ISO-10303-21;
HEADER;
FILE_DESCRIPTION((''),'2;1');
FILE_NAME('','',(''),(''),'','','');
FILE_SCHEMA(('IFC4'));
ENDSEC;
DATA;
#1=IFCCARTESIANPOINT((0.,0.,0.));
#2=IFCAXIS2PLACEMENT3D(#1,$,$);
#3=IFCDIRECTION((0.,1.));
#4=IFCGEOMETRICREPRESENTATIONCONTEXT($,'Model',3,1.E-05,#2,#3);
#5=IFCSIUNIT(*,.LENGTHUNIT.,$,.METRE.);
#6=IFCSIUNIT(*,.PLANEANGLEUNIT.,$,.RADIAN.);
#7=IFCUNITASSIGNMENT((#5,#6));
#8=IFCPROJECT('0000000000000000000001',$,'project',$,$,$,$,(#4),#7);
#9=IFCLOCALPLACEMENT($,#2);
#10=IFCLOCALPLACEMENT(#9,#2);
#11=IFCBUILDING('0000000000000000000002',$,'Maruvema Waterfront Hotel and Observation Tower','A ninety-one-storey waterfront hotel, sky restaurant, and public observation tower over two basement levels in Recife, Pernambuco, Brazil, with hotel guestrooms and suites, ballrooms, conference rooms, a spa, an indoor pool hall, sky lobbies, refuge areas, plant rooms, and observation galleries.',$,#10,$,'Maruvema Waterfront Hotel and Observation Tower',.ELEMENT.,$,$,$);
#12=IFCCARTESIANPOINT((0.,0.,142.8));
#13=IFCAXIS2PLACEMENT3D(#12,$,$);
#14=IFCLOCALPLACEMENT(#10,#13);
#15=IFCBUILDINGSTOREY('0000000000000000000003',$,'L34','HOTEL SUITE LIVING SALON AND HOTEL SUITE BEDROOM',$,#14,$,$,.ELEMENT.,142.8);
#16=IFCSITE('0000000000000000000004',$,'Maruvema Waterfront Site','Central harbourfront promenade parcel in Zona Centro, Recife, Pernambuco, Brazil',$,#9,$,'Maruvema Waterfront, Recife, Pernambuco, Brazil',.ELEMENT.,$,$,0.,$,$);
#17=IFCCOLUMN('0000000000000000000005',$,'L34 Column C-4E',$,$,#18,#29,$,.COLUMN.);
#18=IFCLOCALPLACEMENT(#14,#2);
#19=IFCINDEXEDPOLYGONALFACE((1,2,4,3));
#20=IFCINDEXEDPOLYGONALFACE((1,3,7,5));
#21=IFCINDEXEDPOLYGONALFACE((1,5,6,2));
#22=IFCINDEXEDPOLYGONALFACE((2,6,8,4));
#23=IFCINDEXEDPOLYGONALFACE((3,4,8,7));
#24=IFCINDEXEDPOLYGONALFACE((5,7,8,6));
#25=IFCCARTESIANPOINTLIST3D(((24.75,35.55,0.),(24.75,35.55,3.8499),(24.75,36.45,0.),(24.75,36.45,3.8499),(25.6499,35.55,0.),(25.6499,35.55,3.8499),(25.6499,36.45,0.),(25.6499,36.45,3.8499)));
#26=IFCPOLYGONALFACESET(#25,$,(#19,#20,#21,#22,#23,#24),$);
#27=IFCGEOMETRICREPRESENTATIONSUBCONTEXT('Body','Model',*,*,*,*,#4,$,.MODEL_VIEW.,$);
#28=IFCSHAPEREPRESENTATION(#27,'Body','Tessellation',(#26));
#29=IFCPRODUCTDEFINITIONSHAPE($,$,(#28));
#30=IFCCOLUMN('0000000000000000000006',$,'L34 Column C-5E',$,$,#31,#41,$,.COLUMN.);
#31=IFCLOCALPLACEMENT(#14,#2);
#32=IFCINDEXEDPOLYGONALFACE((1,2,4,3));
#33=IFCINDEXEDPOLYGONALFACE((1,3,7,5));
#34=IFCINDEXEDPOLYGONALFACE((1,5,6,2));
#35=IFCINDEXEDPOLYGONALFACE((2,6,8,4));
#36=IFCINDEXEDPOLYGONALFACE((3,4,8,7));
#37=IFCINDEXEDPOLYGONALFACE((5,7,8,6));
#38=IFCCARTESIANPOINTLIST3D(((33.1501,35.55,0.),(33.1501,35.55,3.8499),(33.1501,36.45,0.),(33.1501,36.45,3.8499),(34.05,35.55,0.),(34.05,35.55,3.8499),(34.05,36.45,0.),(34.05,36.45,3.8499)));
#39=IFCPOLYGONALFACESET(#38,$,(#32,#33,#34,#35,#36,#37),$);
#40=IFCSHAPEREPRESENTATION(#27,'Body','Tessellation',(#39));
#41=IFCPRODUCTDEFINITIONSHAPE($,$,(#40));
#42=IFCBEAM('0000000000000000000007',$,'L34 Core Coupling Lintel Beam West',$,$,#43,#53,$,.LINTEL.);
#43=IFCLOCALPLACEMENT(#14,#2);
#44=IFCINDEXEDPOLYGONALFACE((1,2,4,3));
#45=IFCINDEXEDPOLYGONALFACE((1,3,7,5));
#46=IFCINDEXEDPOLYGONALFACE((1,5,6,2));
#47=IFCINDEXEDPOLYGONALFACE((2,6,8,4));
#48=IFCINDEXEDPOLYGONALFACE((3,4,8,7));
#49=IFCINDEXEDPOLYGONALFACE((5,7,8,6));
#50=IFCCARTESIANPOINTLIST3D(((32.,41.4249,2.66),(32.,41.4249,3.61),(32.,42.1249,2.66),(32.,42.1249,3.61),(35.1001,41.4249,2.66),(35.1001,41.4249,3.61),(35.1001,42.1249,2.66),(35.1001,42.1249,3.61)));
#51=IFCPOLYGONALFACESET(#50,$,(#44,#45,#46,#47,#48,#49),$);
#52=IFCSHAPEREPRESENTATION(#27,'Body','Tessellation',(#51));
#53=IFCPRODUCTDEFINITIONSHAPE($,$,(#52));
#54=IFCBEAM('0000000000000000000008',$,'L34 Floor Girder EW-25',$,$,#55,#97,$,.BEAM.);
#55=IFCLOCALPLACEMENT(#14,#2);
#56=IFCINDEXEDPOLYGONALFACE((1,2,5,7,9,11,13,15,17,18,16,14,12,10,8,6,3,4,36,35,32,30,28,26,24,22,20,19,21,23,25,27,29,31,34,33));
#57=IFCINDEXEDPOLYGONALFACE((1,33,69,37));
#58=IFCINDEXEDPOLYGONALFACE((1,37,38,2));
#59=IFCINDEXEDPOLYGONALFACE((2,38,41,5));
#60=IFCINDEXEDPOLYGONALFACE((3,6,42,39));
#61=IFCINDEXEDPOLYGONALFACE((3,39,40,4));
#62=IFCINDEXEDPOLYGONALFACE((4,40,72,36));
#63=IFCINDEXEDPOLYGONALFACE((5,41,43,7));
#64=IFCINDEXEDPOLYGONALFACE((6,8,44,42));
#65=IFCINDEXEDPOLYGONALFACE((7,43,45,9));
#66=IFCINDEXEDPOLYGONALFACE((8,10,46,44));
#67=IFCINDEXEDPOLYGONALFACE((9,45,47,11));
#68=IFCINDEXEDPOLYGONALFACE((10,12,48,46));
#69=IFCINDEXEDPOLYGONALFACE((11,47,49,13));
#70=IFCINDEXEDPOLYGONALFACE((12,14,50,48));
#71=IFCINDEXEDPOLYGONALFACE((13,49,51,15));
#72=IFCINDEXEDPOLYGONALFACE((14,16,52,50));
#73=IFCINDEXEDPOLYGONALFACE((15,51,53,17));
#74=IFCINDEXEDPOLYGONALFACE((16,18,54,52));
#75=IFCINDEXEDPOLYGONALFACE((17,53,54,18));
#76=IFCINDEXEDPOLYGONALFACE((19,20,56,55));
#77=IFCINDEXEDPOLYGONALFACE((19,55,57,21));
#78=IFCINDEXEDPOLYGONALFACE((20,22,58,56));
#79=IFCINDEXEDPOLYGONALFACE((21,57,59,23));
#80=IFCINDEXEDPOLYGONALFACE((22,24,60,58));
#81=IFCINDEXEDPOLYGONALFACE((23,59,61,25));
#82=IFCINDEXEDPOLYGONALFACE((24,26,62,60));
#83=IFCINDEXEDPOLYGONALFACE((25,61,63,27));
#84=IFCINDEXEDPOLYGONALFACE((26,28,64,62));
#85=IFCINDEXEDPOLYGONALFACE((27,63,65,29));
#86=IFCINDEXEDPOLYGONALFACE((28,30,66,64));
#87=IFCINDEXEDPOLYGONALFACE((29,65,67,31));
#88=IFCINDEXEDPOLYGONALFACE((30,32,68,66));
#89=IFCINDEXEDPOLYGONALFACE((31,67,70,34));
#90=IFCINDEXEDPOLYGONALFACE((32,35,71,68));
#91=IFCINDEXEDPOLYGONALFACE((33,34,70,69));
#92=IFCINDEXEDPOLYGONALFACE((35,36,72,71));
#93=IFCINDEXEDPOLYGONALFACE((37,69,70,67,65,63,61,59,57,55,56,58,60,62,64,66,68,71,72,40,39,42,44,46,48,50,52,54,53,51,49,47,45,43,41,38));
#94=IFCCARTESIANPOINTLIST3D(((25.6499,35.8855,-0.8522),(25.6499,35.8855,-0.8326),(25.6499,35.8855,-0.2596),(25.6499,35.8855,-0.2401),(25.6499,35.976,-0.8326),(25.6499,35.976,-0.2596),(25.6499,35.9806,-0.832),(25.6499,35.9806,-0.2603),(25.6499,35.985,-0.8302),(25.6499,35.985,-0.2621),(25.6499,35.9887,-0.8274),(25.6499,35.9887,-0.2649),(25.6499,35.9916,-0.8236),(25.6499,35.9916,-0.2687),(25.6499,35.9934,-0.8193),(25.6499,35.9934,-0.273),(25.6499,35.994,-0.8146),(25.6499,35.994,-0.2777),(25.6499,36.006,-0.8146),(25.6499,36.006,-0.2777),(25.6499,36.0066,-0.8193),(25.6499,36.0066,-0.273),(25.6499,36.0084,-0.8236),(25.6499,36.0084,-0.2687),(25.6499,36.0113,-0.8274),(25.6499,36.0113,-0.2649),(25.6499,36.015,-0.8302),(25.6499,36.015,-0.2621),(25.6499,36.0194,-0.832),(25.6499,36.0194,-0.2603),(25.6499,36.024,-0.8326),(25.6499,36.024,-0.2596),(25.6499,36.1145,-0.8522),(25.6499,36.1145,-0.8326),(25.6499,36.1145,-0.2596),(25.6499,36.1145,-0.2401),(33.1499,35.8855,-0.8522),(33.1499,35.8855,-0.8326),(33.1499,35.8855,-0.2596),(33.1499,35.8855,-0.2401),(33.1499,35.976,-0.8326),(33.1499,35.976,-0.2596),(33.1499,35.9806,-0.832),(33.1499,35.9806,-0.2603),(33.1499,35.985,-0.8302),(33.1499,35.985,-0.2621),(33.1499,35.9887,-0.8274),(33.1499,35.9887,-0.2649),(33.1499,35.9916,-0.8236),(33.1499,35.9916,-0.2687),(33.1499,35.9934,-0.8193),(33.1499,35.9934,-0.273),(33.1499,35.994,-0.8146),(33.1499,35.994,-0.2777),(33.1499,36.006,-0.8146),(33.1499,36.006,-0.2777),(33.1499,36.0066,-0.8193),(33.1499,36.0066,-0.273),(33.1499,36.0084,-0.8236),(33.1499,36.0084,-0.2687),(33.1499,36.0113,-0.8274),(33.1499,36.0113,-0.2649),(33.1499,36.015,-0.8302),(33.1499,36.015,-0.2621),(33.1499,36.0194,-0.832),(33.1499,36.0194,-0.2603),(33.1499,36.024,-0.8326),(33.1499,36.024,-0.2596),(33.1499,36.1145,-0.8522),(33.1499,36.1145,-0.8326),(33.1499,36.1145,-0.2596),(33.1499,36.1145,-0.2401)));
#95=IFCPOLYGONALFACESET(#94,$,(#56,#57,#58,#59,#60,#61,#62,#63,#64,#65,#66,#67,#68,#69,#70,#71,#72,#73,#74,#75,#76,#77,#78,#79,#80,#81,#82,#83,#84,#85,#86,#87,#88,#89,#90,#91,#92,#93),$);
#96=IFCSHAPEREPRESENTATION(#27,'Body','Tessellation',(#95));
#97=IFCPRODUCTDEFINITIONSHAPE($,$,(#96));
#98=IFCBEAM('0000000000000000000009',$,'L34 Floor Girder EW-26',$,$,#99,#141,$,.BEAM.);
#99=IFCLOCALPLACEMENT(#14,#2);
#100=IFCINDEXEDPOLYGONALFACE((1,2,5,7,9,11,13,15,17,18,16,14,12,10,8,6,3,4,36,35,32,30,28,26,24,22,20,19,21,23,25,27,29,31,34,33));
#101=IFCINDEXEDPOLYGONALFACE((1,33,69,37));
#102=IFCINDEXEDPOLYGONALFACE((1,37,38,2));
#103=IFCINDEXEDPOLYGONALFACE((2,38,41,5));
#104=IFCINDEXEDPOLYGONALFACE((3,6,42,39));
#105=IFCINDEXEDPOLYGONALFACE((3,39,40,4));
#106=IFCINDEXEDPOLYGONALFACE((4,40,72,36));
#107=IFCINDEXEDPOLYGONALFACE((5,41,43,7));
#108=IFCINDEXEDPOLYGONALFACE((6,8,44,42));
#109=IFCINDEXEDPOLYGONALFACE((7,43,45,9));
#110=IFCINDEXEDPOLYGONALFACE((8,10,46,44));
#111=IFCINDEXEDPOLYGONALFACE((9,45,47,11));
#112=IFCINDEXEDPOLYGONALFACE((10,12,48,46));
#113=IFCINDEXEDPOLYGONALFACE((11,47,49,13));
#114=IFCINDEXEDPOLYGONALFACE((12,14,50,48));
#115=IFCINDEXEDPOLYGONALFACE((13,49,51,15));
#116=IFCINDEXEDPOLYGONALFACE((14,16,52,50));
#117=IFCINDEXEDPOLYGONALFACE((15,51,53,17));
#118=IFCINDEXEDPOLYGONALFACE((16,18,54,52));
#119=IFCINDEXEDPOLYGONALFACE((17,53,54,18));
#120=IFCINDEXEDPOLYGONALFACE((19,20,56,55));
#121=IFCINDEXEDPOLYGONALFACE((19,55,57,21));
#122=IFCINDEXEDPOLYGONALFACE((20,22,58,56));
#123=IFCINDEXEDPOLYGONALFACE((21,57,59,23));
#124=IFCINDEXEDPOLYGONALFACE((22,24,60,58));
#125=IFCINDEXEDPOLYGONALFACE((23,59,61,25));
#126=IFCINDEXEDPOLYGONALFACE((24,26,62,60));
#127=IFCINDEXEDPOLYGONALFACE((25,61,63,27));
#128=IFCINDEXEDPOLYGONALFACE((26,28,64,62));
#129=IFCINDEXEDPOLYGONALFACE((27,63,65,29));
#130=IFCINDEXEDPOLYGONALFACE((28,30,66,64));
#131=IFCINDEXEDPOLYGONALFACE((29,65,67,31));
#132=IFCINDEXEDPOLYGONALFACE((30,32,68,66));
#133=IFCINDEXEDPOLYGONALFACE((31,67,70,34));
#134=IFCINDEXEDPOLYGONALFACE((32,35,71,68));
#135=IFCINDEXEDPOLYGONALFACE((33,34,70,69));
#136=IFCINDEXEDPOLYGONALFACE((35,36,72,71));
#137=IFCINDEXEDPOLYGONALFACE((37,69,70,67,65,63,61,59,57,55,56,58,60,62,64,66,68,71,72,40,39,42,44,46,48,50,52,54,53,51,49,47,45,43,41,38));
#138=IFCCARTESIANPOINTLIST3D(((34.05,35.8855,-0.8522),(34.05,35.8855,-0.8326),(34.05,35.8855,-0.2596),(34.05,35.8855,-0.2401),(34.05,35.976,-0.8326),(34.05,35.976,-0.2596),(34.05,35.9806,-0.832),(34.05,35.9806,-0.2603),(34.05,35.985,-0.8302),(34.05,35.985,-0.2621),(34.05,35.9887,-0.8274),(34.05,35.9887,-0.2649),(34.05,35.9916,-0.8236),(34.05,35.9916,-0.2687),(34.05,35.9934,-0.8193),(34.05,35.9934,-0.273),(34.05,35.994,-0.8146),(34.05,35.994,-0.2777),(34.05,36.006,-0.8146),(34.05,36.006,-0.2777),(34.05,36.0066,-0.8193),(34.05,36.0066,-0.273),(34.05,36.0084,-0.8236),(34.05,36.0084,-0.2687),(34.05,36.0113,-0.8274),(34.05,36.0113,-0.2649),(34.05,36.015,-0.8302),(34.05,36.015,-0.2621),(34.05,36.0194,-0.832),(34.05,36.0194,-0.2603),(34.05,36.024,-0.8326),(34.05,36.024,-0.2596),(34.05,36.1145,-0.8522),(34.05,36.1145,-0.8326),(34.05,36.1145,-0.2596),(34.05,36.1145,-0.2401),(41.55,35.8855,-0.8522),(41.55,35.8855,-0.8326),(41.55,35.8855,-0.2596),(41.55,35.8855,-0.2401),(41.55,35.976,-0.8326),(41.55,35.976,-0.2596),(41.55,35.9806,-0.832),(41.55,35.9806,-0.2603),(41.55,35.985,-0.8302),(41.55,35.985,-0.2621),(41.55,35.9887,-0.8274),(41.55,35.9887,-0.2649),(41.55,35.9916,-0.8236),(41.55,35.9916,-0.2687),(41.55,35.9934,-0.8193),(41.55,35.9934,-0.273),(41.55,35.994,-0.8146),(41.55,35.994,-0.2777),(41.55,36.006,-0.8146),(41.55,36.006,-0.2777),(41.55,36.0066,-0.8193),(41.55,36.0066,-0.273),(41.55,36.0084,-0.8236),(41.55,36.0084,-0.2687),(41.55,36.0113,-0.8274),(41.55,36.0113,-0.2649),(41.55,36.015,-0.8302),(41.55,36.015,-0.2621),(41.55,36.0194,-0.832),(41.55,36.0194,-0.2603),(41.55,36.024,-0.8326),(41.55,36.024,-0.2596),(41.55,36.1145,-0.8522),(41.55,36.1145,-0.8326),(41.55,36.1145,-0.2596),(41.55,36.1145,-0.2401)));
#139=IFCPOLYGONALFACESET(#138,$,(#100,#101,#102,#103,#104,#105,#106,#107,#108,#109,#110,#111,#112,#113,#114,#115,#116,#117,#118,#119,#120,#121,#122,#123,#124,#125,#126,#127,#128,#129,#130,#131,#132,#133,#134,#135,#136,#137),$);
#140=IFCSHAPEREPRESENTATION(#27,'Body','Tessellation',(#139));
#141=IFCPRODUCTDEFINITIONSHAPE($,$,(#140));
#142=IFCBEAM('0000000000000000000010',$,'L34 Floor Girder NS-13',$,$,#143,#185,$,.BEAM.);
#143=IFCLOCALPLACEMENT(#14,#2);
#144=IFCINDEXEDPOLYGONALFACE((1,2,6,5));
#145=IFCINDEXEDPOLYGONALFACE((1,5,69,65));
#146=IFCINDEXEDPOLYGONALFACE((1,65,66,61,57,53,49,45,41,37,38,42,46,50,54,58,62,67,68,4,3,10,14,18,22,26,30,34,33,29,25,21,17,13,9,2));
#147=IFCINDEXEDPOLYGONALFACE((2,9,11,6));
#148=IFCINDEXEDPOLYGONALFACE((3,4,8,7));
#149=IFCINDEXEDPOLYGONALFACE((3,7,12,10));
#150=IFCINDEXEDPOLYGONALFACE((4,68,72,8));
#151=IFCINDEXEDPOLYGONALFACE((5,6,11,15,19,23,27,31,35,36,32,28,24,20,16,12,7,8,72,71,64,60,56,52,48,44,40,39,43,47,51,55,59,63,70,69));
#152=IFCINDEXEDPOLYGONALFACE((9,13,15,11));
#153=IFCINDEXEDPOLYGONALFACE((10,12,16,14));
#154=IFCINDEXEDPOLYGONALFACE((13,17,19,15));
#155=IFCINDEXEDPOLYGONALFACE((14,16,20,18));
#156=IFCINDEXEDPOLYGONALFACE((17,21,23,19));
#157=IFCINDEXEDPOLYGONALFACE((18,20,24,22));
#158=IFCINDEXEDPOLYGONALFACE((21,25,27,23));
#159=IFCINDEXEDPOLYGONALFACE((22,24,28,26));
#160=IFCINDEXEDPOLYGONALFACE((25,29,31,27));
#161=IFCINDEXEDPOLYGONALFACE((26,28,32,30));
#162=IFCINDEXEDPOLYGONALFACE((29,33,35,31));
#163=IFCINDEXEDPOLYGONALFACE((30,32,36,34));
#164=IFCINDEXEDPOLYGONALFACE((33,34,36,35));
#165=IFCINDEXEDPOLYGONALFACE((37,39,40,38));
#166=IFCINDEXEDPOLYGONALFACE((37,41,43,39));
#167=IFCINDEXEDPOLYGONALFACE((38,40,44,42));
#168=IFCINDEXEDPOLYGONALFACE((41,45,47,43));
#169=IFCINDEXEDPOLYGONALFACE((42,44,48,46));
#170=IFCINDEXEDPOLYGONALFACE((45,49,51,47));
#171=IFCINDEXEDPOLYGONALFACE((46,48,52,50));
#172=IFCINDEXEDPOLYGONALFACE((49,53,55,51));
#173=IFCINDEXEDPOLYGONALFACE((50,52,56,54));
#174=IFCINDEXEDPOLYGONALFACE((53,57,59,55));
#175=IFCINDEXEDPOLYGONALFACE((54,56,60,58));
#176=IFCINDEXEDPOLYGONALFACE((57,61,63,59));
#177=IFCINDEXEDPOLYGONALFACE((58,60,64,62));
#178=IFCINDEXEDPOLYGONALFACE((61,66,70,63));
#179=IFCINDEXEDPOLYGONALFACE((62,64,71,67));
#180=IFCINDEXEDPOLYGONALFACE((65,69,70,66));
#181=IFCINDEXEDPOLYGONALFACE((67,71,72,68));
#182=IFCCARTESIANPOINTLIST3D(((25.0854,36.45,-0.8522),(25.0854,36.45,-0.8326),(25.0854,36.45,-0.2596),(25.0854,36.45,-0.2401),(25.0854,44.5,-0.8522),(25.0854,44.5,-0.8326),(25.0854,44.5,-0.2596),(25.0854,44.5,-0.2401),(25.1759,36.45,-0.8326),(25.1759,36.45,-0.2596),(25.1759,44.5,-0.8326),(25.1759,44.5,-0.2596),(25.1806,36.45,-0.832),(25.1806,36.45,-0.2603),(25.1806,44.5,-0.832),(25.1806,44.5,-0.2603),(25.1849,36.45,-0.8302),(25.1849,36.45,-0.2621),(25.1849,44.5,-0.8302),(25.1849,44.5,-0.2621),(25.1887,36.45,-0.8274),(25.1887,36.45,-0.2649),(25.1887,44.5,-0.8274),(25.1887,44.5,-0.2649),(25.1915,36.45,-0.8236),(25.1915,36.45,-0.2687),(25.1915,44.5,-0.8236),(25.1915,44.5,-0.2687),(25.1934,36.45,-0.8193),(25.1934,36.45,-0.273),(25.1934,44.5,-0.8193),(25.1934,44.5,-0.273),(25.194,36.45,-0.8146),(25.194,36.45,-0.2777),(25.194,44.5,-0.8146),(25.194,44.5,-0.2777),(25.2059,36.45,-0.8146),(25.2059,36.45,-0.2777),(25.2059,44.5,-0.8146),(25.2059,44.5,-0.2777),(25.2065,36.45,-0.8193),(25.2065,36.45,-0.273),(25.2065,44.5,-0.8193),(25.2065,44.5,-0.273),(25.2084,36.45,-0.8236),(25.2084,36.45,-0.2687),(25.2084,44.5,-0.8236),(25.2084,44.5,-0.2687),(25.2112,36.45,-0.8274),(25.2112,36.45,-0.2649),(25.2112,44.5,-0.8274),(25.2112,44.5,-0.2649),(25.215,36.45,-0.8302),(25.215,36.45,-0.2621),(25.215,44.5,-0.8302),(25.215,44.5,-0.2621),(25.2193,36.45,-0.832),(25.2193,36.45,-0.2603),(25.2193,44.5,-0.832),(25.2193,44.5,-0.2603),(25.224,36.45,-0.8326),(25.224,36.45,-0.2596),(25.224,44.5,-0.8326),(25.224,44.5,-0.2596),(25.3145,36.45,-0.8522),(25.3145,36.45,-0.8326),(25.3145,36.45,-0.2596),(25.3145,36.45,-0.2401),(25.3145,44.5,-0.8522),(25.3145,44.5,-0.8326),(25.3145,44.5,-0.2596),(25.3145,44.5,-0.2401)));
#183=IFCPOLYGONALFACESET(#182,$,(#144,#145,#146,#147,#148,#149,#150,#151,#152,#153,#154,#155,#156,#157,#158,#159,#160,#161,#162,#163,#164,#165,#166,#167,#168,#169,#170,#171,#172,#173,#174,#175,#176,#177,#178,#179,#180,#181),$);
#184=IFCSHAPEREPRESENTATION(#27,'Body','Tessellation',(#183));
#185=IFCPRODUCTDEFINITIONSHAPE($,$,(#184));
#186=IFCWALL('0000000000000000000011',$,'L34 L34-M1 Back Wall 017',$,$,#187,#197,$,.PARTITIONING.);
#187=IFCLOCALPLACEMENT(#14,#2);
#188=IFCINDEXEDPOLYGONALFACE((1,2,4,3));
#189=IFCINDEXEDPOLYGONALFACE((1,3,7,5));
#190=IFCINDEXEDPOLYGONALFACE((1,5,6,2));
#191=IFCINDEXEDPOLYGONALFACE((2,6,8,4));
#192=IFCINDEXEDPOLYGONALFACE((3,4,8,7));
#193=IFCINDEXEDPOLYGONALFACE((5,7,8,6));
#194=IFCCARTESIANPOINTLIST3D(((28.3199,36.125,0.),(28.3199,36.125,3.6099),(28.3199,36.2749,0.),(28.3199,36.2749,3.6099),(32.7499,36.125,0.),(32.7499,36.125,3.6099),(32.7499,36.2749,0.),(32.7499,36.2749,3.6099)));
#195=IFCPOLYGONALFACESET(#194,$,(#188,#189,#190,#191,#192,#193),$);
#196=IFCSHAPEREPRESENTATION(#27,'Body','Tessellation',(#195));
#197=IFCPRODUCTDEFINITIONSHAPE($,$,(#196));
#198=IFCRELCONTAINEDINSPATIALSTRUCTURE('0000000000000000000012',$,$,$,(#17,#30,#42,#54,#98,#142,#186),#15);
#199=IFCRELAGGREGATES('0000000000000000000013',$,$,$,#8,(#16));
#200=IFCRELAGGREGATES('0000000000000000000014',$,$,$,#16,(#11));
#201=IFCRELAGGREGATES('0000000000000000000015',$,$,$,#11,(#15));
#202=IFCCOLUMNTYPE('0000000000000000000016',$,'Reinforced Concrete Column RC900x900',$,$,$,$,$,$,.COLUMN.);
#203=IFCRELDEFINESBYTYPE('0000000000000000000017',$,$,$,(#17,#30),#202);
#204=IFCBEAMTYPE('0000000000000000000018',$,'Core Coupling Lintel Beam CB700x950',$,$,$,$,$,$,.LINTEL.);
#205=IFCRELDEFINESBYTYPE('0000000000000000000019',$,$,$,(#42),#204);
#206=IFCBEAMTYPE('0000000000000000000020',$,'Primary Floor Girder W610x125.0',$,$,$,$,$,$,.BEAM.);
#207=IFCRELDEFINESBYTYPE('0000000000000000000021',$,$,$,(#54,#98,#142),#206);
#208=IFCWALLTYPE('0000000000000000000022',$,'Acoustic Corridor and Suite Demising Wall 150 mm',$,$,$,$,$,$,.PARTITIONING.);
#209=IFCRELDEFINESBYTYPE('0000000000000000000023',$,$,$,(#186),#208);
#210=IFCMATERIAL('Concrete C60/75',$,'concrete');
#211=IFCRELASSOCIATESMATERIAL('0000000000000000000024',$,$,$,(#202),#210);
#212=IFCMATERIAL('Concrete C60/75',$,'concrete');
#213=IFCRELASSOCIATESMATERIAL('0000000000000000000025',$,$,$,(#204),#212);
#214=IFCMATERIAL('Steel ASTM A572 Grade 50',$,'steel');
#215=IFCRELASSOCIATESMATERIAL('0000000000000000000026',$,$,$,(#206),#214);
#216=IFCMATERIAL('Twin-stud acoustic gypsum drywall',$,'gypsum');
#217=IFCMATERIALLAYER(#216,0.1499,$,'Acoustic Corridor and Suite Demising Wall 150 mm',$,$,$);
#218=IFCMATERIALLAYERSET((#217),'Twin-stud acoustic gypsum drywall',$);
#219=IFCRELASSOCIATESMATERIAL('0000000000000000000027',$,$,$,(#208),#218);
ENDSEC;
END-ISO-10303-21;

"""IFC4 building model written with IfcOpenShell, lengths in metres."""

from ifc_helpers import new_model, si_unit, direction, frame, frame_2d, origin, origin_2d, place, context, subcontext, project, spatial, rectangle, i_section, extrude, material, layer, layer_set, material_profile, profile_set, type_object, element, save


model = new_model("IFC4")

# Units and contexts
model_context = context("Model", 3, precision=1e-05, world=origin(), true_north=direction((0.0, 1.0)))
body_context = subcontext(model_context, "Body", "Model", "MODEL_VIEW")
ifc_project = project(units=[si_unit("LENGTHUNIT", "METRE"), si_unit("PLANEANGLEUNIT", "RADIAN")], contexts=[model_context])

# Site, building, storey
site_placement = place(None, origin())
site = spatial("IfcSite", under=ifc_project, at=site_placement, Name="Maruvema Waterfront Site", Description="Central harbourfront promenade parcel in Zona Centro, Recife, Pernambuco, Brazil", LongName="Maruvema Waterfront, Recife, Pernambuco, Brazil", CompositionType="ELEMENT", RefElevation=0.0)
building_placement = place(site_placement, origin())
building = spatial("IfcBuilding", under=site, at=building_placement, Name="Maruvema Waterfront Hotel and Observation Tower", Description="A ninety-one-storey waterfront hotel, sky restaurant, and public observation tower over two basement levels in Recife, Pernambuco, Brazil, with hotel guestrooms and suites, ballrooms, conference rooms, a spa, an indoor pool hall, sky lobbies, refuge areas, plant rooms, and observation galleries.", LongName="Maruvema Waterfront Hotel and Observation Tower", CompositionType="ELEMENT")
storey_placement = place(building_placement, frame((0.0, 0.0, 142.8)))
storey = spatial("IfcBuildingStorey", under=building, at=storey_placement, Name="L34", Description="HOTEL SUITE LIVING SALON AND HOTEL SUITE BEDROOM", CompositionType="ELEMENT", Elevation=142.8)

# Columns
ifc_material_1 = material(Name="Concrete C60/75", Category="concrete")
ifc_material_profile_1 = material_profile(ifc_material_1, rectangle(XDim=0.8999, YDim=0.8999, at=origin_2d()), Name="RC900x900")
ifc_profile_set_1 = profile_set([ifc_material_profile_1], Name="Concrete C60/75")
column_type = type_object("IfcColumnType", Name="Reinforced Concrete Column RC900x900", PredefinedType="COLUMN", material=ifc_profile_set_1)
for number, where, z_axis, x_axis, name in (
    (1, (25.2, 36.0, 0.0), (0.0, 0.0, 1.0), (1.0, 0.0, 0.0), "L34 Column C-4E"),
    (2, (33.6001, 36.0, 0.0), (0.0, 0.0, 1.0), (1.0, 0.0, 0.0), "L34 Column C-5E"),
):
    element("IfcColumn", number, at=place(storey_placement, frame(where, z_axis=z_axis, x_axis=x_axis)), inside=storey, type_object=column_type, Name=name, PredefinedType="COLUMN", context=body_context, shape_type="SweptSolid", body=[
        extrude(rectangle(XDim=0.8999, YDim=0.8999, at=origin_2d()), origin(), (0.0, 0.0, 1.0), 3.8499),
    ])

# Beams
ifc_material_2 = material(Name="Concrete C60/75", Category="concrete")
ifc_material_profile_2 = material_profile(ifc_material_2, rectangle(XDim=0.7, YDim=0.95, at=origin_2d()), Name="CB700x950")
ifc_profile_set_2 = profile_set([ifc_material_profile_2], Name="Concrete C60/75")
beam_type_1 = type_object("IfcBeamType", Name="Core Coupling Lintel Beam CB700x950", PredefinedType="LINTEL", material=ifc_profile_set_2)
beam_1_placement = place(storey_placement, frame((32.0, 41.7749, 3.135), z_axis=(1.0, 0.0, 0.0), x_axis=(0.0, 1.0, 0.0)))
element("IfcBeam", 3, at=beam_1_placement, inside=storey, type_object=beam_type_1, Name="L34 Core Coupling Lintel Beam West", PredefinedType="LINTEL", context=body_context, shape_type="SweptSolid", body=[
    extrude(rectangle(XDim=0.7, YDim=0.95, at=origin_2d()), origin(), (0.0, 0.0, 1.0), 3.1001),
])
ifc_material_3 = material(Name="Steel ASTM A572 Grade 50", Category="steel")
ifc_material_profile_3 = material_profile(ifc_material_3, i_section(OverallWidth=0.229, OverallDepth=0.6121, WebThickness=0.012, FlangeThickness=0.0195, FilletRadius=0.0181, at=origin_2d()), Name="W610x125.0")
ifc_profile_set_3 = profile_set([ifc_material_profile_3], Name="Steel ASTM A572 Grade 50")
beam_type_2 = type_object("IfcBeamType", Name="Primary Floor Girder W610x125.0", PredefinedType="BEAM", material=ifc_profile_set_3)
for number, where, z_axis, x_axis, name in (
    (4, (25.6499, 36.0, -0.5461), (1.0, 0.0, 0.0), (0.0, 1.0, 0.0), "L34 Floor Girder EW-25"),
    (5, (34.05, 36.0, -0.5461), (1.0, 0.0, 0.0), (0.0, 1.0, 0.0), "L34 Floor Girder EW-26"),
):
    element("IfcBeam", number, at=place(storey_placement, frame(where, z_axis=z_axis, x_axis=x_axis)), inside=storey, type_object=beam_type_2, Name=name, PredefinedType="BEAM", context=body_context, shape_type="SweptSolid", body=[
        extrude(i_section(OverallWidth=0.229, OverallDepth=0.6121, WebThickness=0.012, FlangeThickness=0.0195, FilletRadius=0.0181, at=origin_2d()), origin(), (0.0, 0.0, 1.0), 7.5),
    ])
beam_2_placement = place(storey_placement, frame((25.2, 36.45, -0.5461), z_axis=(0.0, 1.0, 0.0), x_axis=(-1.0, 0.0, 0.0)))
element("IfcBeam", 6, at=beam_2_placement, inside=storey, type_object=beam_type_2, Name="L34 Floor Girder NS-13", PredefinedType="BEAM", context=body_context, shape_type="SweptSolid", body=[
    extrude(i_section(OverallWidth=0.229, OverallDepth=0.6121, WebThickness=0.012, FlangeThickness=0.0195, FilletRadius=0.0181, at=origin_2d()), origin(), (0.0, 0.0, 1.0), 8.05),
])

# Wall
ifc_material_4 = material(Name="Twin-stud acoustic gypsum drywall", Category="gypsum")
ifc_layer_1 = layer(ifc_material_4, 0.1499, Name="Acoustic Corridor and Suite Demising Wall 150 mm")
ifc_layer_set_1 = layer_set([ifc_layer_1], Name="Twin-stud acoustic gypsum drywall")
wall_type_1 = type_object("IfcWallType", Name="Acoustic Corridor and Suite Demising Wall 150 mm", PredefinedType="PARTITIONING", material=ifc_layer_set_1)
wall_1_placement = place(storey_placement, frame((28.3201, 36.2, 0.0), z_axis=(0.0, 0.0, 1.0), x_axis=(1.0, 0.0, 0.0)))
element("IfcWall", 7, at=wall_1_placement, inside=storey, type_object=wall_type_1, Name="L34 L34-M1 Back Wall 017", PredefinedType="PARTITIONING", context=body_context, shape_type="SweptSolid", body=[
    extrude(rectangle(XDim=4.4299, YDim=0.1499, at=frame_2d((2.2148, 0.0))), origin(), (0.0, 0.0, 1.0), 3.6099),
])

save(model, "model.ifc")
